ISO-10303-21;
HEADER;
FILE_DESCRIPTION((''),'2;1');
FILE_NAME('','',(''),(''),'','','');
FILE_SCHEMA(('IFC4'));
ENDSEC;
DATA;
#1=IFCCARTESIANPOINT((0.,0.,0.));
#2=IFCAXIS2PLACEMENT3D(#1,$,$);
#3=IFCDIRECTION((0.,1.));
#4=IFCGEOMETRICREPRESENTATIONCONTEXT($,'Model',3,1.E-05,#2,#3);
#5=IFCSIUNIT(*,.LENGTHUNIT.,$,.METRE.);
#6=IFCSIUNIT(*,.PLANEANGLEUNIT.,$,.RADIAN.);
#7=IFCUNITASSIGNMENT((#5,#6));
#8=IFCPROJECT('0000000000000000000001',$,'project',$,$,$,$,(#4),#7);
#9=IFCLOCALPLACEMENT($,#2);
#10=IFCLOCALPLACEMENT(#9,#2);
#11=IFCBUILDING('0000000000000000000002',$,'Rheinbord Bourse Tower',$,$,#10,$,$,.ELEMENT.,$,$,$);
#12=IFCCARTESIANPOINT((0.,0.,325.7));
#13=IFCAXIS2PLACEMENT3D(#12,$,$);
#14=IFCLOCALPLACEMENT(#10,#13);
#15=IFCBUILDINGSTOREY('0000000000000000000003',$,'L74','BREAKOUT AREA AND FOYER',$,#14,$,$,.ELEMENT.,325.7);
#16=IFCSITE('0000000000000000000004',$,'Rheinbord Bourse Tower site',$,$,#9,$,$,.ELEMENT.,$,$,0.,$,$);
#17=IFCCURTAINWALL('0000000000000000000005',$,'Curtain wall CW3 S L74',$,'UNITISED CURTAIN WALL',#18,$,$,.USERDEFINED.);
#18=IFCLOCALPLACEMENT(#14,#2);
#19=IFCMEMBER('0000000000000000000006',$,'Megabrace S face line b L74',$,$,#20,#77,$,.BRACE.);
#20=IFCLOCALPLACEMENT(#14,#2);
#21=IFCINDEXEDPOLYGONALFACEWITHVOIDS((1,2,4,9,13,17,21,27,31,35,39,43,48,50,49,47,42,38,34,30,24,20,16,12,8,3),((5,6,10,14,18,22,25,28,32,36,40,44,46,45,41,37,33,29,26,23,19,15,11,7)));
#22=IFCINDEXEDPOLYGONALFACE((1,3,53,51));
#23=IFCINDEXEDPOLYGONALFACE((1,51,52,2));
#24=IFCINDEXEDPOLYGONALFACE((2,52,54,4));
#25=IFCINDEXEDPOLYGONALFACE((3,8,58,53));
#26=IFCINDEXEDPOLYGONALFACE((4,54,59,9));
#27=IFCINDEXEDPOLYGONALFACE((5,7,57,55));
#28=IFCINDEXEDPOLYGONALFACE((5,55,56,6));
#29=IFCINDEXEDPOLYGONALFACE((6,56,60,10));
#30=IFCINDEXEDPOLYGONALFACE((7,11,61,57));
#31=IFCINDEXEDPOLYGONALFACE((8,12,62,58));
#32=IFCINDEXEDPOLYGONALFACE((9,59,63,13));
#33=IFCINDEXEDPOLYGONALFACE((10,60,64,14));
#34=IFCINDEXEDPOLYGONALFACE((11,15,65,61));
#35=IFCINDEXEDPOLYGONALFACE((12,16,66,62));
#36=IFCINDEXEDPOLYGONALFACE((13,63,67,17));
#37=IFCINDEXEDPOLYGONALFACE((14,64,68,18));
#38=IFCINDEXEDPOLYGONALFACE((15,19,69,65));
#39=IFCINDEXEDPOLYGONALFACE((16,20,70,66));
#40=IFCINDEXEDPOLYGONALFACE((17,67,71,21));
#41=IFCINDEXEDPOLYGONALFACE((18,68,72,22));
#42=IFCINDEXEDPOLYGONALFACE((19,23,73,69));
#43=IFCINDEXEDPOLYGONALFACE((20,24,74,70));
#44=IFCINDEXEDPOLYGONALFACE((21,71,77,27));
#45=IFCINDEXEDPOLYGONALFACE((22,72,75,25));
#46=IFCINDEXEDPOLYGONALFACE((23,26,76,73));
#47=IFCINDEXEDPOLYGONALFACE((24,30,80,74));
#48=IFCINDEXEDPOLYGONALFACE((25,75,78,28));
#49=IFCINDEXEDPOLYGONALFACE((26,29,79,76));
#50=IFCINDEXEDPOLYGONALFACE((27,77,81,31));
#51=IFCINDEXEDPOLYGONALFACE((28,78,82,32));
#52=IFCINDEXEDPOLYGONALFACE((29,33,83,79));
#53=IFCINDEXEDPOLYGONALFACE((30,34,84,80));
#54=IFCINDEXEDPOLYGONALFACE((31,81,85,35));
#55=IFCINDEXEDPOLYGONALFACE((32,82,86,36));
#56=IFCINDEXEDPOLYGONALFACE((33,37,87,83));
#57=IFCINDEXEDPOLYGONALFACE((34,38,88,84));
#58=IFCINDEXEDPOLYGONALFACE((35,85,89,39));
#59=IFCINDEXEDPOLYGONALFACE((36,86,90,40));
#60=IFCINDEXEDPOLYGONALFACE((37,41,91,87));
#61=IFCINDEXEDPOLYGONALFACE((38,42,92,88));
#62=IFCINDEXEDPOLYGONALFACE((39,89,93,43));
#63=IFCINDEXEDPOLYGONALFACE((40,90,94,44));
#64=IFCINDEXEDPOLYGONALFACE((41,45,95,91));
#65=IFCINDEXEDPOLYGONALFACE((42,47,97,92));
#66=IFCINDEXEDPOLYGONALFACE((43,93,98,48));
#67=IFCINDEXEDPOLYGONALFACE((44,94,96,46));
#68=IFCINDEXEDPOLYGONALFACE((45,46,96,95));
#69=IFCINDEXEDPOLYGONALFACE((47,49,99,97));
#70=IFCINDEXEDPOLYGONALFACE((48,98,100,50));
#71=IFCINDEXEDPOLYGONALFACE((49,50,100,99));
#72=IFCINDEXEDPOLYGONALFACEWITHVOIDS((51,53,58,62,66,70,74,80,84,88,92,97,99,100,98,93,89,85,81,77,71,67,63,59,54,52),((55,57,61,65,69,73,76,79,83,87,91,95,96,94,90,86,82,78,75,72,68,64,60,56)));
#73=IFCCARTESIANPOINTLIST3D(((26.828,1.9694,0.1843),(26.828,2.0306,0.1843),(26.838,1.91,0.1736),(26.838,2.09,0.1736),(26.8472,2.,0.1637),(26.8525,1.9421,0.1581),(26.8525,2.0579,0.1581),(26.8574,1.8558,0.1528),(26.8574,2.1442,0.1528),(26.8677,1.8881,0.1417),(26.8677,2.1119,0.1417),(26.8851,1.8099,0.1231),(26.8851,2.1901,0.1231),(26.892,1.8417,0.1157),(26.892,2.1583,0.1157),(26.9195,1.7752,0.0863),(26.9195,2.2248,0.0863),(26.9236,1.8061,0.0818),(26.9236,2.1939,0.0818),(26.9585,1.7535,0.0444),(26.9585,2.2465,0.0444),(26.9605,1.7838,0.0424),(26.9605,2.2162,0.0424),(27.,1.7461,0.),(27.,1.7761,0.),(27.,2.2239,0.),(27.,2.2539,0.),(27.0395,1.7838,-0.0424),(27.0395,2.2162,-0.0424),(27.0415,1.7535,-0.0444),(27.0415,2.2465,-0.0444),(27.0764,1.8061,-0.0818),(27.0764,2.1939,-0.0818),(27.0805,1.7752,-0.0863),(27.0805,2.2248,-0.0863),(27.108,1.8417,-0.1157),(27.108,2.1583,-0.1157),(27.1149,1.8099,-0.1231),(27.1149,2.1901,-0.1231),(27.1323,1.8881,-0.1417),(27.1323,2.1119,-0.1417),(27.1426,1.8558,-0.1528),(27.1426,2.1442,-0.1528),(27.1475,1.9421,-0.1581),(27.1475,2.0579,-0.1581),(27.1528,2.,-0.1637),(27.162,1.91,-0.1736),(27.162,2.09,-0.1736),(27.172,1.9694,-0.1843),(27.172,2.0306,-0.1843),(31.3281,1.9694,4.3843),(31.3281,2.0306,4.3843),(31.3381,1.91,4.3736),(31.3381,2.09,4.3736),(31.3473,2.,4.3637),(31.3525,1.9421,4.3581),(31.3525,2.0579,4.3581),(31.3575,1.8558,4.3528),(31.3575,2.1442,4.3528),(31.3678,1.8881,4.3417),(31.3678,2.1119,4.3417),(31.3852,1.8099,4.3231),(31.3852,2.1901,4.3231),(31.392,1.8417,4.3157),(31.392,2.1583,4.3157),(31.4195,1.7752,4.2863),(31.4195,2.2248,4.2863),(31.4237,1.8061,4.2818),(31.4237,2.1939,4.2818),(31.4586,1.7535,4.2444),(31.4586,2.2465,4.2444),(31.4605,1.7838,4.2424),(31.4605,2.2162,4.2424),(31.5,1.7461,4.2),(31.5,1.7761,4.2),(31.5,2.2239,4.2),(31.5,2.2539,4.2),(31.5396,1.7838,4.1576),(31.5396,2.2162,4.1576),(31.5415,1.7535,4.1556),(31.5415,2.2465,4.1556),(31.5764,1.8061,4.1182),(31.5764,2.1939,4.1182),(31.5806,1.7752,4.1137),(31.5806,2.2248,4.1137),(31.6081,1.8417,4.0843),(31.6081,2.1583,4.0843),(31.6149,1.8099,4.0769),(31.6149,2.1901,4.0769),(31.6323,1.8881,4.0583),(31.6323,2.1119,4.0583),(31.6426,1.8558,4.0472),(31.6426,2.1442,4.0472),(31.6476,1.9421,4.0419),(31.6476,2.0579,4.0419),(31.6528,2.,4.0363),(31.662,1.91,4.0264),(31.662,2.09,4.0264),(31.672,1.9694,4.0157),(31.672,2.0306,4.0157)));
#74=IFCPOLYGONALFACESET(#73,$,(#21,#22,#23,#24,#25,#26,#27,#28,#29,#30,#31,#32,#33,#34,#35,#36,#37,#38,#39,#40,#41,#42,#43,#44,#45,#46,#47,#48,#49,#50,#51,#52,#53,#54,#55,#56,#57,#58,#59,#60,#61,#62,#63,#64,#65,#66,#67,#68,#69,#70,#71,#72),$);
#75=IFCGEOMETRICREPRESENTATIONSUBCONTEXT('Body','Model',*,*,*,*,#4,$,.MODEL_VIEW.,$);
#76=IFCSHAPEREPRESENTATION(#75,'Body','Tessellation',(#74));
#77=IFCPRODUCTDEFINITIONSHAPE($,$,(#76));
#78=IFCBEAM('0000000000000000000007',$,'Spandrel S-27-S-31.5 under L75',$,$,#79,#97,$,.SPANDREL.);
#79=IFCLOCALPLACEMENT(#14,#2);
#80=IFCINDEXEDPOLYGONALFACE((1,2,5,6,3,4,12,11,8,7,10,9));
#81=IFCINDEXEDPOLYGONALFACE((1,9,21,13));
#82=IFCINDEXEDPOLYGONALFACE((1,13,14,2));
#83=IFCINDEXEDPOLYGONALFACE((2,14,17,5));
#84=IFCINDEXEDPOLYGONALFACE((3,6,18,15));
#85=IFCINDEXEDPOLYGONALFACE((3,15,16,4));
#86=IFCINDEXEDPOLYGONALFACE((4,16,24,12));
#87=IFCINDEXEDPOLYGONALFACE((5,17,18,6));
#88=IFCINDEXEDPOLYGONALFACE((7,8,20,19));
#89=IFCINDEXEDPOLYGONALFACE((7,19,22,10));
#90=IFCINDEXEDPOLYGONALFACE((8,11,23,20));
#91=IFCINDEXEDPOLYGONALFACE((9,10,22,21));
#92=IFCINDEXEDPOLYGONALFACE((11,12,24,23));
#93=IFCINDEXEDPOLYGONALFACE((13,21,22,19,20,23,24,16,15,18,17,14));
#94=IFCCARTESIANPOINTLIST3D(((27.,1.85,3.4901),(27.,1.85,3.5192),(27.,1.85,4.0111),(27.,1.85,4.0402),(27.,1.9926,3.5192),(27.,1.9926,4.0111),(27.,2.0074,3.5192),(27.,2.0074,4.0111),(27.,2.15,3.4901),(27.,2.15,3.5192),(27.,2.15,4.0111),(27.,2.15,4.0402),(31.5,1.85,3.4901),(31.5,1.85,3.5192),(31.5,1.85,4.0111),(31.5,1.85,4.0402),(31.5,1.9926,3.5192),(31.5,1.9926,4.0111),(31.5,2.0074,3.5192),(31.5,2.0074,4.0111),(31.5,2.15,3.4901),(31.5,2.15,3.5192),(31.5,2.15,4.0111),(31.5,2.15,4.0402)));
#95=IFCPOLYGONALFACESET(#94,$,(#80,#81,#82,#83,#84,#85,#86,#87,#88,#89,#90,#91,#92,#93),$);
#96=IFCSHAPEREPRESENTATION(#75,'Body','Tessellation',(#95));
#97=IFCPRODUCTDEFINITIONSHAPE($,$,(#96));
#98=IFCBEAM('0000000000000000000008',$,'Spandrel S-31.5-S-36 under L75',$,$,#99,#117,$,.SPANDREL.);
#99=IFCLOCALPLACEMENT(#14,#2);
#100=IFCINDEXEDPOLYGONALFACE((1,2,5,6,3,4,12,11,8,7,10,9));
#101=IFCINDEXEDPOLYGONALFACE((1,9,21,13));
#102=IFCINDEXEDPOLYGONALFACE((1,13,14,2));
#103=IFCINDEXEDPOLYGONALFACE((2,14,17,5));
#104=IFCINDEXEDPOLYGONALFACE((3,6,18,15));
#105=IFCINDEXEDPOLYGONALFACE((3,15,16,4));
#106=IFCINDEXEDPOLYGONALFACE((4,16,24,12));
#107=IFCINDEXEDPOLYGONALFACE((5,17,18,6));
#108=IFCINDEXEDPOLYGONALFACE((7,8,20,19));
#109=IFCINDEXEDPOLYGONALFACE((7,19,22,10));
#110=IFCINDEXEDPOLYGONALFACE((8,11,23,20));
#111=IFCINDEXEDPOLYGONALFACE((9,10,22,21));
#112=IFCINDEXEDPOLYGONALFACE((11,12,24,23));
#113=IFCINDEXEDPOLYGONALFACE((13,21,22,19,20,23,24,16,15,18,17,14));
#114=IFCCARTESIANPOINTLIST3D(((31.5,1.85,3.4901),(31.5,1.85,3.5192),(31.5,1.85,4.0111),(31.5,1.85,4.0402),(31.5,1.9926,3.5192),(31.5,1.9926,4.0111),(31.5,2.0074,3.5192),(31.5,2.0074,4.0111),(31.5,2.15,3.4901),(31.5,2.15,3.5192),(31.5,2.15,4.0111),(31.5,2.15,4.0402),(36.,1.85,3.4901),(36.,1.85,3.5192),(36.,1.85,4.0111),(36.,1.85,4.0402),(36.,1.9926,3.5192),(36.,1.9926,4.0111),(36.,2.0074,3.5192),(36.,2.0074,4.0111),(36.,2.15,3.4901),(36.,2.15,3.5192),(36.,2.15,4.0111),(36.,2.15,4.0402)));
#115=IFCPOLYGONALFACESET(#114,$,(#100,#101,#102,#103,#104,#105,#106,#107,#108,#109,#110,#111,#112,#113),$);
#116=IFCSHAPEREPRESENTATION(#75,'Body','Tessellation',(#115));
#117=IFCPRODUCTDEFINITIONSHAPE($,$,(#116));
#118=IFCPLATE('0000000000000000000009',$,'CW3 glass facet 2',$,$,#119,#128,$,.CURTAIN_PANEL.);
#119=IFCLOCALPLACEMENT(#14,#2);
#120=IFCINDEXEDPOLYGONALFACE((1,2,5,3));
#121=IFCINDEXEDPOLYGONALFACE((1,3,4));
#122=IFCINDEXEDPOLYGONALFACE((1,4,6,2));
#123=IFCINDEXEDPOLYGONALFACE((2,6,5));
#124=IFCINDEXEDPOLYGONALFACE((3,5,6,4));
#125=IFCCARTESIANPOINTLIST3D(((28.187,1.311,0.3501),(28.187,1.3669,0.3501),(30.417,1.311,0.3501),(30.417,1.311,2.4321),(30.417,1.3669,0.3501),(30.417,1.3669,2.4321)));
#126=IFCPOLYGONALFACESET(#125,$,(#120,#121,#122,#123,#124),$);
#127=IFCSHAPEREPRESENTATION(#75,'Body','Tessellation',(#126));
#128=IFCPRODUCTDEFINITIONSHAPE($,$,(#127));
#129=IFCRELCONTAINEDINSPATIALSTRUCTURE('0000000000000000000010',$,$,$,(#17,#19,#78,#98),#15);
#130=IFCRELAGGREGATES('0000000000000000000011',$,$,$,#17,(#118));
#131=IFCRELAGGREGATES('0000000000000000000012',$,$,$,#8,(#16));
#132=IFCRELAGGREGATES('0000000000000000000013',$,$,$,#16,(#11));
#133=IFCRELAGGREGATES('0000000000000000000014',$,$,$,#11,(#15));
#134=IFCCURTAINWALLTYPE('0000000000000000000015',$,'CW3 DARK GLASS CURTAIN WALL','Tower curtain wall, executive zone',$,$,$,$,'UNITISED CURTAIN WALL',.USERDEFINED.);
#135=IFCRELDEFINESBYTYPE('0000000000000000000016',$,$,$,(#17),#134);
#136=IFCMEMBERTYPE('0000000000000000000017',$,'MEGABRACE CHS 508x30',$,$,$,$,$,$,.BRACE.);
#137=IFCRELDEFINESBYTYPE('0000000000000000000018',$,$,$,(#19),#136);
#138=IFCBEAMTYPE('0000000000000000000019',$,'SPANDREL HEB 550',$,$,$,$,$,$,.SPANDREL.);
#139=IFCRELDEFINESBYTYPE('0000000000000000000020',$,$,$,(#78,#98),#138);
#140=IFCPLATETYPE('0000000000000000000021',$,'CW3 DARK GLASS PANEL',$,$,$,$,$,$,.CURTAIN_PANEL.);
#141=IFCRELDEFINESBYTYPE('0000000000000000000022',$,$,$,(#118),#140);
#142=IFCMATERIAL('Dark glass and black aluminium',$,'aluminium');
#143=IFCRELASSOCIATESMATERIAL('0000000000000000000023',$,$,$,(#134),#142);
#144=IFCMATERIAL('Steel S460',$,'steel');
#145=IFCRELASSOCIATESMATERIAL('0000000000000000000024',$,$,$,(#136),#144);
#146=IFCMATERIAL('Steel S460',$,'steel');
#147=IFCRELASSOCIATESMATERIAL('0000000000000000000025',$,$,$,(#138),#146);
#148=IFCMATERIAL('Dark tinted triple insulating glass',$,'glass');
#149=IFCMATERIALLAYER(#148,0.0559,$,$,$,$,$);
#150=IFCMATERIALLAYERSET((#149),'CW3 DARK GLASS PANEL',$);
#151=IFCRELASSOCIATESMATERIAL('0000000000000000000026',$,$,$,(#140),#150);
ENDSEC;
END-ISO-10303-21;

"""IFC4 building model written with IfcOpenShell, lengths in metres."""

from ifc_helpers import new_model, si_unit, direction, frame, origin, origin_2d, place, context, subcontext, project, spatial, polyline, hollow_circle, i_section, outline, extrude, material, layer, layer_set, material_profile, profile_set, type_object, element, aggregate, save


model = new_model("IFC4")

# Units and contexts
model_context = context("Model", 3, precision=1e-05, world=origin(), true_north=direction((0.0, 1.0)))
body_context = subcontext(model_context, "Body", "Model", "MODEL_VIEW")
ifc_project = project(units=[si_unit("LENGTHUNIT", "METRE"), si_unit("PLANEANGLEUNIT", "RADIAN")], contexts=[model_context])

# Site, building, storey
site_placement = place(None, origin())
site = spatial("IfcSite", under=ifc_project, at=site_placement, Name="Rheinbord Bourse Tower site", CompositionType="ELEMENT", RefElevation=0.0)
building_placement = place(site_placement, origin())
building = spatial("IfcBuilding", under=site, at=building_placement, Name="Rheinbord Bourse Tower", CompositionType="ELEMENT")
storey_placement = place(building_placement, frame((0.0, 0.0, 325.7)))
storey = spatial("IfcBuildingStorey", under=building, at=storey_placement, Name="L74", Description="BREAKOUT AREA AND FOYER", CompositionType="ELEMENT", Elevation=325.7)

# Curtain wall
ifc_material_1 = material(Name="Dark glass and black aluminium", Category="aluminium")
curtain_wall_type = type_object("IfcCurtainWallType", Name="CW3 DARK GLASS CURTAIN WALL", Description="Tower curtain wall, executive zone", ElementType="UNITISED CURTAIN WALL", PredefinedType="USERDEFINED", material=ifc_material_1)
curtain_wall_placement = place(storey_placement, origin())
curtain_wall = element("IfcCurtainWall", 1, at=curtain_wall_placement, inside=storey, type_object=curtain_wall_type, Name="Curtain wall CW3 S L74", ObjectType="UNITISED CURTAIN WALL", PredefinedType="USERDEFINED")

# Member
ifc_material_2 = material(Name="Steel S460", Category="steel")
ifc_material_profile_1 = material_profile(ifc_material_2, hollow_circle(Radius=0.2539, WallThickness=0.03, at=origin_2d()), Name="CHS 508x30")
ifc_profile_set_1 = profile_set([ifc_material_profile_1], Name="Steel S460")
member_type_1 = type_object("IfcMemberType", Name="MEGABRACE CHS 508x30", PredefinedType="BRACE", material=ifc_profile_set_1)
member_1_placement = place(storey_placement, frame((27.0, 2.0, 0.0), z_axis=(0.731059, 0.0, 0.682314), x_axis=(0.0, 1.0, 0.0)))
element("IfcMember", 2, at=member_1_placement, inside=storey, type_object=member_type_1, Name="Megabrace S face line b L74", PredefinedType="BRACE", context=body_context, shape_type="SweptSolid", body=[
    extrude(hollow_circle(Radius=0.2539, WallThickness=0.03, at=origin_2d()), origin(), (0.0, 0.0, 1.0), 6.1555),
])

# Beams
ifc_material_3 = material(Name="Steel S460", Category="steel")
ifc_material_profile_2 = material_profile(ifc_material_3, i_section(OverallWidth=0.3, OverallDepth=0.55, WebThickness=0.0149, FlangeThickness=0.0291, at=origin_2d()), Name="HEB 550")
ifc_profile_set_2 = profile_set([ifc_material_profile_2], Name="Steel S460")
beam_type_1 = type_object("IfcBeamType", Name="SPANDREL HEB 550", PredefinedType="SPANDREL", material=ifc_profile_set_2)
for number, where, z_axis, x_axis, name in (
    (3, (27.0, 2.0, 3.7651), (1.0, 0.0, 0.0), (0.0, 1.0, 0.0), "Spandrel S-27-S-31.5 under L75"),
    (4, (31.5, 2.0, 3.7651), (1.0, 0.0, 0.0), (0.0, 1.0, 0.0), "Spandrel S-31.5-S-36 under L75"),
):
    element("IfcBeam", number, at=place(storey_placement, frame(where, z_axis=z_axis, x_axis=x_axis)), inside=storey, type_object=beam_type_1, Name=name, PredefinedType="SPANDREL", context=body_context, shape_type="SweptSolid", body=[
        extrude(i_section(OverallWidth=0.3, OverallDepth=0.55, WebThickness=0.0149, FlangeThickness=0.0291, at=origin_2d()), origin(), (0.0, 0.0, 1.0), 4.5),
    ])

# Plate
ifc_material_4 = material(Name="Dark tinted triple insulating glass", Category="glass")
ifc_layer = layer(ifc_material_4, 0.0559)
ifc_layer_set = layer_set([ifc_layer], Name="CW3 DARK GLASS PANEL")
plate_type = type_object("IfcPlateType", Name="CW3 DARK GLASS PANEL", PredefinedType="CURTAIN_PANEL", material=ifc_layer_set)
plate_placement = place(storey_placement, frame((30.417, 1.311, 0.3501), z_axis=(0.0, 1.0, 0.0), x_axis=(-1.0, 0.0, 0.0)))
plate = element("IfcPlate", 5, at=plate_placement, type_object=plate_type, Name="CW3 glass facet 2", PredefinedType="CURTAIN_PANEL", context=body_context, shape_type="SweptSolid", body=[
    extrude(outline(polyline([(0.0, 0.0), (2.23, 0.0), (0.0, 2.082), (0.0, 0.0)])), origin(), (0.0, 0.0, 1.0), 0.0559),
])
aggregate(curtain_wall, [plate])

save(model, "model.ifc")
